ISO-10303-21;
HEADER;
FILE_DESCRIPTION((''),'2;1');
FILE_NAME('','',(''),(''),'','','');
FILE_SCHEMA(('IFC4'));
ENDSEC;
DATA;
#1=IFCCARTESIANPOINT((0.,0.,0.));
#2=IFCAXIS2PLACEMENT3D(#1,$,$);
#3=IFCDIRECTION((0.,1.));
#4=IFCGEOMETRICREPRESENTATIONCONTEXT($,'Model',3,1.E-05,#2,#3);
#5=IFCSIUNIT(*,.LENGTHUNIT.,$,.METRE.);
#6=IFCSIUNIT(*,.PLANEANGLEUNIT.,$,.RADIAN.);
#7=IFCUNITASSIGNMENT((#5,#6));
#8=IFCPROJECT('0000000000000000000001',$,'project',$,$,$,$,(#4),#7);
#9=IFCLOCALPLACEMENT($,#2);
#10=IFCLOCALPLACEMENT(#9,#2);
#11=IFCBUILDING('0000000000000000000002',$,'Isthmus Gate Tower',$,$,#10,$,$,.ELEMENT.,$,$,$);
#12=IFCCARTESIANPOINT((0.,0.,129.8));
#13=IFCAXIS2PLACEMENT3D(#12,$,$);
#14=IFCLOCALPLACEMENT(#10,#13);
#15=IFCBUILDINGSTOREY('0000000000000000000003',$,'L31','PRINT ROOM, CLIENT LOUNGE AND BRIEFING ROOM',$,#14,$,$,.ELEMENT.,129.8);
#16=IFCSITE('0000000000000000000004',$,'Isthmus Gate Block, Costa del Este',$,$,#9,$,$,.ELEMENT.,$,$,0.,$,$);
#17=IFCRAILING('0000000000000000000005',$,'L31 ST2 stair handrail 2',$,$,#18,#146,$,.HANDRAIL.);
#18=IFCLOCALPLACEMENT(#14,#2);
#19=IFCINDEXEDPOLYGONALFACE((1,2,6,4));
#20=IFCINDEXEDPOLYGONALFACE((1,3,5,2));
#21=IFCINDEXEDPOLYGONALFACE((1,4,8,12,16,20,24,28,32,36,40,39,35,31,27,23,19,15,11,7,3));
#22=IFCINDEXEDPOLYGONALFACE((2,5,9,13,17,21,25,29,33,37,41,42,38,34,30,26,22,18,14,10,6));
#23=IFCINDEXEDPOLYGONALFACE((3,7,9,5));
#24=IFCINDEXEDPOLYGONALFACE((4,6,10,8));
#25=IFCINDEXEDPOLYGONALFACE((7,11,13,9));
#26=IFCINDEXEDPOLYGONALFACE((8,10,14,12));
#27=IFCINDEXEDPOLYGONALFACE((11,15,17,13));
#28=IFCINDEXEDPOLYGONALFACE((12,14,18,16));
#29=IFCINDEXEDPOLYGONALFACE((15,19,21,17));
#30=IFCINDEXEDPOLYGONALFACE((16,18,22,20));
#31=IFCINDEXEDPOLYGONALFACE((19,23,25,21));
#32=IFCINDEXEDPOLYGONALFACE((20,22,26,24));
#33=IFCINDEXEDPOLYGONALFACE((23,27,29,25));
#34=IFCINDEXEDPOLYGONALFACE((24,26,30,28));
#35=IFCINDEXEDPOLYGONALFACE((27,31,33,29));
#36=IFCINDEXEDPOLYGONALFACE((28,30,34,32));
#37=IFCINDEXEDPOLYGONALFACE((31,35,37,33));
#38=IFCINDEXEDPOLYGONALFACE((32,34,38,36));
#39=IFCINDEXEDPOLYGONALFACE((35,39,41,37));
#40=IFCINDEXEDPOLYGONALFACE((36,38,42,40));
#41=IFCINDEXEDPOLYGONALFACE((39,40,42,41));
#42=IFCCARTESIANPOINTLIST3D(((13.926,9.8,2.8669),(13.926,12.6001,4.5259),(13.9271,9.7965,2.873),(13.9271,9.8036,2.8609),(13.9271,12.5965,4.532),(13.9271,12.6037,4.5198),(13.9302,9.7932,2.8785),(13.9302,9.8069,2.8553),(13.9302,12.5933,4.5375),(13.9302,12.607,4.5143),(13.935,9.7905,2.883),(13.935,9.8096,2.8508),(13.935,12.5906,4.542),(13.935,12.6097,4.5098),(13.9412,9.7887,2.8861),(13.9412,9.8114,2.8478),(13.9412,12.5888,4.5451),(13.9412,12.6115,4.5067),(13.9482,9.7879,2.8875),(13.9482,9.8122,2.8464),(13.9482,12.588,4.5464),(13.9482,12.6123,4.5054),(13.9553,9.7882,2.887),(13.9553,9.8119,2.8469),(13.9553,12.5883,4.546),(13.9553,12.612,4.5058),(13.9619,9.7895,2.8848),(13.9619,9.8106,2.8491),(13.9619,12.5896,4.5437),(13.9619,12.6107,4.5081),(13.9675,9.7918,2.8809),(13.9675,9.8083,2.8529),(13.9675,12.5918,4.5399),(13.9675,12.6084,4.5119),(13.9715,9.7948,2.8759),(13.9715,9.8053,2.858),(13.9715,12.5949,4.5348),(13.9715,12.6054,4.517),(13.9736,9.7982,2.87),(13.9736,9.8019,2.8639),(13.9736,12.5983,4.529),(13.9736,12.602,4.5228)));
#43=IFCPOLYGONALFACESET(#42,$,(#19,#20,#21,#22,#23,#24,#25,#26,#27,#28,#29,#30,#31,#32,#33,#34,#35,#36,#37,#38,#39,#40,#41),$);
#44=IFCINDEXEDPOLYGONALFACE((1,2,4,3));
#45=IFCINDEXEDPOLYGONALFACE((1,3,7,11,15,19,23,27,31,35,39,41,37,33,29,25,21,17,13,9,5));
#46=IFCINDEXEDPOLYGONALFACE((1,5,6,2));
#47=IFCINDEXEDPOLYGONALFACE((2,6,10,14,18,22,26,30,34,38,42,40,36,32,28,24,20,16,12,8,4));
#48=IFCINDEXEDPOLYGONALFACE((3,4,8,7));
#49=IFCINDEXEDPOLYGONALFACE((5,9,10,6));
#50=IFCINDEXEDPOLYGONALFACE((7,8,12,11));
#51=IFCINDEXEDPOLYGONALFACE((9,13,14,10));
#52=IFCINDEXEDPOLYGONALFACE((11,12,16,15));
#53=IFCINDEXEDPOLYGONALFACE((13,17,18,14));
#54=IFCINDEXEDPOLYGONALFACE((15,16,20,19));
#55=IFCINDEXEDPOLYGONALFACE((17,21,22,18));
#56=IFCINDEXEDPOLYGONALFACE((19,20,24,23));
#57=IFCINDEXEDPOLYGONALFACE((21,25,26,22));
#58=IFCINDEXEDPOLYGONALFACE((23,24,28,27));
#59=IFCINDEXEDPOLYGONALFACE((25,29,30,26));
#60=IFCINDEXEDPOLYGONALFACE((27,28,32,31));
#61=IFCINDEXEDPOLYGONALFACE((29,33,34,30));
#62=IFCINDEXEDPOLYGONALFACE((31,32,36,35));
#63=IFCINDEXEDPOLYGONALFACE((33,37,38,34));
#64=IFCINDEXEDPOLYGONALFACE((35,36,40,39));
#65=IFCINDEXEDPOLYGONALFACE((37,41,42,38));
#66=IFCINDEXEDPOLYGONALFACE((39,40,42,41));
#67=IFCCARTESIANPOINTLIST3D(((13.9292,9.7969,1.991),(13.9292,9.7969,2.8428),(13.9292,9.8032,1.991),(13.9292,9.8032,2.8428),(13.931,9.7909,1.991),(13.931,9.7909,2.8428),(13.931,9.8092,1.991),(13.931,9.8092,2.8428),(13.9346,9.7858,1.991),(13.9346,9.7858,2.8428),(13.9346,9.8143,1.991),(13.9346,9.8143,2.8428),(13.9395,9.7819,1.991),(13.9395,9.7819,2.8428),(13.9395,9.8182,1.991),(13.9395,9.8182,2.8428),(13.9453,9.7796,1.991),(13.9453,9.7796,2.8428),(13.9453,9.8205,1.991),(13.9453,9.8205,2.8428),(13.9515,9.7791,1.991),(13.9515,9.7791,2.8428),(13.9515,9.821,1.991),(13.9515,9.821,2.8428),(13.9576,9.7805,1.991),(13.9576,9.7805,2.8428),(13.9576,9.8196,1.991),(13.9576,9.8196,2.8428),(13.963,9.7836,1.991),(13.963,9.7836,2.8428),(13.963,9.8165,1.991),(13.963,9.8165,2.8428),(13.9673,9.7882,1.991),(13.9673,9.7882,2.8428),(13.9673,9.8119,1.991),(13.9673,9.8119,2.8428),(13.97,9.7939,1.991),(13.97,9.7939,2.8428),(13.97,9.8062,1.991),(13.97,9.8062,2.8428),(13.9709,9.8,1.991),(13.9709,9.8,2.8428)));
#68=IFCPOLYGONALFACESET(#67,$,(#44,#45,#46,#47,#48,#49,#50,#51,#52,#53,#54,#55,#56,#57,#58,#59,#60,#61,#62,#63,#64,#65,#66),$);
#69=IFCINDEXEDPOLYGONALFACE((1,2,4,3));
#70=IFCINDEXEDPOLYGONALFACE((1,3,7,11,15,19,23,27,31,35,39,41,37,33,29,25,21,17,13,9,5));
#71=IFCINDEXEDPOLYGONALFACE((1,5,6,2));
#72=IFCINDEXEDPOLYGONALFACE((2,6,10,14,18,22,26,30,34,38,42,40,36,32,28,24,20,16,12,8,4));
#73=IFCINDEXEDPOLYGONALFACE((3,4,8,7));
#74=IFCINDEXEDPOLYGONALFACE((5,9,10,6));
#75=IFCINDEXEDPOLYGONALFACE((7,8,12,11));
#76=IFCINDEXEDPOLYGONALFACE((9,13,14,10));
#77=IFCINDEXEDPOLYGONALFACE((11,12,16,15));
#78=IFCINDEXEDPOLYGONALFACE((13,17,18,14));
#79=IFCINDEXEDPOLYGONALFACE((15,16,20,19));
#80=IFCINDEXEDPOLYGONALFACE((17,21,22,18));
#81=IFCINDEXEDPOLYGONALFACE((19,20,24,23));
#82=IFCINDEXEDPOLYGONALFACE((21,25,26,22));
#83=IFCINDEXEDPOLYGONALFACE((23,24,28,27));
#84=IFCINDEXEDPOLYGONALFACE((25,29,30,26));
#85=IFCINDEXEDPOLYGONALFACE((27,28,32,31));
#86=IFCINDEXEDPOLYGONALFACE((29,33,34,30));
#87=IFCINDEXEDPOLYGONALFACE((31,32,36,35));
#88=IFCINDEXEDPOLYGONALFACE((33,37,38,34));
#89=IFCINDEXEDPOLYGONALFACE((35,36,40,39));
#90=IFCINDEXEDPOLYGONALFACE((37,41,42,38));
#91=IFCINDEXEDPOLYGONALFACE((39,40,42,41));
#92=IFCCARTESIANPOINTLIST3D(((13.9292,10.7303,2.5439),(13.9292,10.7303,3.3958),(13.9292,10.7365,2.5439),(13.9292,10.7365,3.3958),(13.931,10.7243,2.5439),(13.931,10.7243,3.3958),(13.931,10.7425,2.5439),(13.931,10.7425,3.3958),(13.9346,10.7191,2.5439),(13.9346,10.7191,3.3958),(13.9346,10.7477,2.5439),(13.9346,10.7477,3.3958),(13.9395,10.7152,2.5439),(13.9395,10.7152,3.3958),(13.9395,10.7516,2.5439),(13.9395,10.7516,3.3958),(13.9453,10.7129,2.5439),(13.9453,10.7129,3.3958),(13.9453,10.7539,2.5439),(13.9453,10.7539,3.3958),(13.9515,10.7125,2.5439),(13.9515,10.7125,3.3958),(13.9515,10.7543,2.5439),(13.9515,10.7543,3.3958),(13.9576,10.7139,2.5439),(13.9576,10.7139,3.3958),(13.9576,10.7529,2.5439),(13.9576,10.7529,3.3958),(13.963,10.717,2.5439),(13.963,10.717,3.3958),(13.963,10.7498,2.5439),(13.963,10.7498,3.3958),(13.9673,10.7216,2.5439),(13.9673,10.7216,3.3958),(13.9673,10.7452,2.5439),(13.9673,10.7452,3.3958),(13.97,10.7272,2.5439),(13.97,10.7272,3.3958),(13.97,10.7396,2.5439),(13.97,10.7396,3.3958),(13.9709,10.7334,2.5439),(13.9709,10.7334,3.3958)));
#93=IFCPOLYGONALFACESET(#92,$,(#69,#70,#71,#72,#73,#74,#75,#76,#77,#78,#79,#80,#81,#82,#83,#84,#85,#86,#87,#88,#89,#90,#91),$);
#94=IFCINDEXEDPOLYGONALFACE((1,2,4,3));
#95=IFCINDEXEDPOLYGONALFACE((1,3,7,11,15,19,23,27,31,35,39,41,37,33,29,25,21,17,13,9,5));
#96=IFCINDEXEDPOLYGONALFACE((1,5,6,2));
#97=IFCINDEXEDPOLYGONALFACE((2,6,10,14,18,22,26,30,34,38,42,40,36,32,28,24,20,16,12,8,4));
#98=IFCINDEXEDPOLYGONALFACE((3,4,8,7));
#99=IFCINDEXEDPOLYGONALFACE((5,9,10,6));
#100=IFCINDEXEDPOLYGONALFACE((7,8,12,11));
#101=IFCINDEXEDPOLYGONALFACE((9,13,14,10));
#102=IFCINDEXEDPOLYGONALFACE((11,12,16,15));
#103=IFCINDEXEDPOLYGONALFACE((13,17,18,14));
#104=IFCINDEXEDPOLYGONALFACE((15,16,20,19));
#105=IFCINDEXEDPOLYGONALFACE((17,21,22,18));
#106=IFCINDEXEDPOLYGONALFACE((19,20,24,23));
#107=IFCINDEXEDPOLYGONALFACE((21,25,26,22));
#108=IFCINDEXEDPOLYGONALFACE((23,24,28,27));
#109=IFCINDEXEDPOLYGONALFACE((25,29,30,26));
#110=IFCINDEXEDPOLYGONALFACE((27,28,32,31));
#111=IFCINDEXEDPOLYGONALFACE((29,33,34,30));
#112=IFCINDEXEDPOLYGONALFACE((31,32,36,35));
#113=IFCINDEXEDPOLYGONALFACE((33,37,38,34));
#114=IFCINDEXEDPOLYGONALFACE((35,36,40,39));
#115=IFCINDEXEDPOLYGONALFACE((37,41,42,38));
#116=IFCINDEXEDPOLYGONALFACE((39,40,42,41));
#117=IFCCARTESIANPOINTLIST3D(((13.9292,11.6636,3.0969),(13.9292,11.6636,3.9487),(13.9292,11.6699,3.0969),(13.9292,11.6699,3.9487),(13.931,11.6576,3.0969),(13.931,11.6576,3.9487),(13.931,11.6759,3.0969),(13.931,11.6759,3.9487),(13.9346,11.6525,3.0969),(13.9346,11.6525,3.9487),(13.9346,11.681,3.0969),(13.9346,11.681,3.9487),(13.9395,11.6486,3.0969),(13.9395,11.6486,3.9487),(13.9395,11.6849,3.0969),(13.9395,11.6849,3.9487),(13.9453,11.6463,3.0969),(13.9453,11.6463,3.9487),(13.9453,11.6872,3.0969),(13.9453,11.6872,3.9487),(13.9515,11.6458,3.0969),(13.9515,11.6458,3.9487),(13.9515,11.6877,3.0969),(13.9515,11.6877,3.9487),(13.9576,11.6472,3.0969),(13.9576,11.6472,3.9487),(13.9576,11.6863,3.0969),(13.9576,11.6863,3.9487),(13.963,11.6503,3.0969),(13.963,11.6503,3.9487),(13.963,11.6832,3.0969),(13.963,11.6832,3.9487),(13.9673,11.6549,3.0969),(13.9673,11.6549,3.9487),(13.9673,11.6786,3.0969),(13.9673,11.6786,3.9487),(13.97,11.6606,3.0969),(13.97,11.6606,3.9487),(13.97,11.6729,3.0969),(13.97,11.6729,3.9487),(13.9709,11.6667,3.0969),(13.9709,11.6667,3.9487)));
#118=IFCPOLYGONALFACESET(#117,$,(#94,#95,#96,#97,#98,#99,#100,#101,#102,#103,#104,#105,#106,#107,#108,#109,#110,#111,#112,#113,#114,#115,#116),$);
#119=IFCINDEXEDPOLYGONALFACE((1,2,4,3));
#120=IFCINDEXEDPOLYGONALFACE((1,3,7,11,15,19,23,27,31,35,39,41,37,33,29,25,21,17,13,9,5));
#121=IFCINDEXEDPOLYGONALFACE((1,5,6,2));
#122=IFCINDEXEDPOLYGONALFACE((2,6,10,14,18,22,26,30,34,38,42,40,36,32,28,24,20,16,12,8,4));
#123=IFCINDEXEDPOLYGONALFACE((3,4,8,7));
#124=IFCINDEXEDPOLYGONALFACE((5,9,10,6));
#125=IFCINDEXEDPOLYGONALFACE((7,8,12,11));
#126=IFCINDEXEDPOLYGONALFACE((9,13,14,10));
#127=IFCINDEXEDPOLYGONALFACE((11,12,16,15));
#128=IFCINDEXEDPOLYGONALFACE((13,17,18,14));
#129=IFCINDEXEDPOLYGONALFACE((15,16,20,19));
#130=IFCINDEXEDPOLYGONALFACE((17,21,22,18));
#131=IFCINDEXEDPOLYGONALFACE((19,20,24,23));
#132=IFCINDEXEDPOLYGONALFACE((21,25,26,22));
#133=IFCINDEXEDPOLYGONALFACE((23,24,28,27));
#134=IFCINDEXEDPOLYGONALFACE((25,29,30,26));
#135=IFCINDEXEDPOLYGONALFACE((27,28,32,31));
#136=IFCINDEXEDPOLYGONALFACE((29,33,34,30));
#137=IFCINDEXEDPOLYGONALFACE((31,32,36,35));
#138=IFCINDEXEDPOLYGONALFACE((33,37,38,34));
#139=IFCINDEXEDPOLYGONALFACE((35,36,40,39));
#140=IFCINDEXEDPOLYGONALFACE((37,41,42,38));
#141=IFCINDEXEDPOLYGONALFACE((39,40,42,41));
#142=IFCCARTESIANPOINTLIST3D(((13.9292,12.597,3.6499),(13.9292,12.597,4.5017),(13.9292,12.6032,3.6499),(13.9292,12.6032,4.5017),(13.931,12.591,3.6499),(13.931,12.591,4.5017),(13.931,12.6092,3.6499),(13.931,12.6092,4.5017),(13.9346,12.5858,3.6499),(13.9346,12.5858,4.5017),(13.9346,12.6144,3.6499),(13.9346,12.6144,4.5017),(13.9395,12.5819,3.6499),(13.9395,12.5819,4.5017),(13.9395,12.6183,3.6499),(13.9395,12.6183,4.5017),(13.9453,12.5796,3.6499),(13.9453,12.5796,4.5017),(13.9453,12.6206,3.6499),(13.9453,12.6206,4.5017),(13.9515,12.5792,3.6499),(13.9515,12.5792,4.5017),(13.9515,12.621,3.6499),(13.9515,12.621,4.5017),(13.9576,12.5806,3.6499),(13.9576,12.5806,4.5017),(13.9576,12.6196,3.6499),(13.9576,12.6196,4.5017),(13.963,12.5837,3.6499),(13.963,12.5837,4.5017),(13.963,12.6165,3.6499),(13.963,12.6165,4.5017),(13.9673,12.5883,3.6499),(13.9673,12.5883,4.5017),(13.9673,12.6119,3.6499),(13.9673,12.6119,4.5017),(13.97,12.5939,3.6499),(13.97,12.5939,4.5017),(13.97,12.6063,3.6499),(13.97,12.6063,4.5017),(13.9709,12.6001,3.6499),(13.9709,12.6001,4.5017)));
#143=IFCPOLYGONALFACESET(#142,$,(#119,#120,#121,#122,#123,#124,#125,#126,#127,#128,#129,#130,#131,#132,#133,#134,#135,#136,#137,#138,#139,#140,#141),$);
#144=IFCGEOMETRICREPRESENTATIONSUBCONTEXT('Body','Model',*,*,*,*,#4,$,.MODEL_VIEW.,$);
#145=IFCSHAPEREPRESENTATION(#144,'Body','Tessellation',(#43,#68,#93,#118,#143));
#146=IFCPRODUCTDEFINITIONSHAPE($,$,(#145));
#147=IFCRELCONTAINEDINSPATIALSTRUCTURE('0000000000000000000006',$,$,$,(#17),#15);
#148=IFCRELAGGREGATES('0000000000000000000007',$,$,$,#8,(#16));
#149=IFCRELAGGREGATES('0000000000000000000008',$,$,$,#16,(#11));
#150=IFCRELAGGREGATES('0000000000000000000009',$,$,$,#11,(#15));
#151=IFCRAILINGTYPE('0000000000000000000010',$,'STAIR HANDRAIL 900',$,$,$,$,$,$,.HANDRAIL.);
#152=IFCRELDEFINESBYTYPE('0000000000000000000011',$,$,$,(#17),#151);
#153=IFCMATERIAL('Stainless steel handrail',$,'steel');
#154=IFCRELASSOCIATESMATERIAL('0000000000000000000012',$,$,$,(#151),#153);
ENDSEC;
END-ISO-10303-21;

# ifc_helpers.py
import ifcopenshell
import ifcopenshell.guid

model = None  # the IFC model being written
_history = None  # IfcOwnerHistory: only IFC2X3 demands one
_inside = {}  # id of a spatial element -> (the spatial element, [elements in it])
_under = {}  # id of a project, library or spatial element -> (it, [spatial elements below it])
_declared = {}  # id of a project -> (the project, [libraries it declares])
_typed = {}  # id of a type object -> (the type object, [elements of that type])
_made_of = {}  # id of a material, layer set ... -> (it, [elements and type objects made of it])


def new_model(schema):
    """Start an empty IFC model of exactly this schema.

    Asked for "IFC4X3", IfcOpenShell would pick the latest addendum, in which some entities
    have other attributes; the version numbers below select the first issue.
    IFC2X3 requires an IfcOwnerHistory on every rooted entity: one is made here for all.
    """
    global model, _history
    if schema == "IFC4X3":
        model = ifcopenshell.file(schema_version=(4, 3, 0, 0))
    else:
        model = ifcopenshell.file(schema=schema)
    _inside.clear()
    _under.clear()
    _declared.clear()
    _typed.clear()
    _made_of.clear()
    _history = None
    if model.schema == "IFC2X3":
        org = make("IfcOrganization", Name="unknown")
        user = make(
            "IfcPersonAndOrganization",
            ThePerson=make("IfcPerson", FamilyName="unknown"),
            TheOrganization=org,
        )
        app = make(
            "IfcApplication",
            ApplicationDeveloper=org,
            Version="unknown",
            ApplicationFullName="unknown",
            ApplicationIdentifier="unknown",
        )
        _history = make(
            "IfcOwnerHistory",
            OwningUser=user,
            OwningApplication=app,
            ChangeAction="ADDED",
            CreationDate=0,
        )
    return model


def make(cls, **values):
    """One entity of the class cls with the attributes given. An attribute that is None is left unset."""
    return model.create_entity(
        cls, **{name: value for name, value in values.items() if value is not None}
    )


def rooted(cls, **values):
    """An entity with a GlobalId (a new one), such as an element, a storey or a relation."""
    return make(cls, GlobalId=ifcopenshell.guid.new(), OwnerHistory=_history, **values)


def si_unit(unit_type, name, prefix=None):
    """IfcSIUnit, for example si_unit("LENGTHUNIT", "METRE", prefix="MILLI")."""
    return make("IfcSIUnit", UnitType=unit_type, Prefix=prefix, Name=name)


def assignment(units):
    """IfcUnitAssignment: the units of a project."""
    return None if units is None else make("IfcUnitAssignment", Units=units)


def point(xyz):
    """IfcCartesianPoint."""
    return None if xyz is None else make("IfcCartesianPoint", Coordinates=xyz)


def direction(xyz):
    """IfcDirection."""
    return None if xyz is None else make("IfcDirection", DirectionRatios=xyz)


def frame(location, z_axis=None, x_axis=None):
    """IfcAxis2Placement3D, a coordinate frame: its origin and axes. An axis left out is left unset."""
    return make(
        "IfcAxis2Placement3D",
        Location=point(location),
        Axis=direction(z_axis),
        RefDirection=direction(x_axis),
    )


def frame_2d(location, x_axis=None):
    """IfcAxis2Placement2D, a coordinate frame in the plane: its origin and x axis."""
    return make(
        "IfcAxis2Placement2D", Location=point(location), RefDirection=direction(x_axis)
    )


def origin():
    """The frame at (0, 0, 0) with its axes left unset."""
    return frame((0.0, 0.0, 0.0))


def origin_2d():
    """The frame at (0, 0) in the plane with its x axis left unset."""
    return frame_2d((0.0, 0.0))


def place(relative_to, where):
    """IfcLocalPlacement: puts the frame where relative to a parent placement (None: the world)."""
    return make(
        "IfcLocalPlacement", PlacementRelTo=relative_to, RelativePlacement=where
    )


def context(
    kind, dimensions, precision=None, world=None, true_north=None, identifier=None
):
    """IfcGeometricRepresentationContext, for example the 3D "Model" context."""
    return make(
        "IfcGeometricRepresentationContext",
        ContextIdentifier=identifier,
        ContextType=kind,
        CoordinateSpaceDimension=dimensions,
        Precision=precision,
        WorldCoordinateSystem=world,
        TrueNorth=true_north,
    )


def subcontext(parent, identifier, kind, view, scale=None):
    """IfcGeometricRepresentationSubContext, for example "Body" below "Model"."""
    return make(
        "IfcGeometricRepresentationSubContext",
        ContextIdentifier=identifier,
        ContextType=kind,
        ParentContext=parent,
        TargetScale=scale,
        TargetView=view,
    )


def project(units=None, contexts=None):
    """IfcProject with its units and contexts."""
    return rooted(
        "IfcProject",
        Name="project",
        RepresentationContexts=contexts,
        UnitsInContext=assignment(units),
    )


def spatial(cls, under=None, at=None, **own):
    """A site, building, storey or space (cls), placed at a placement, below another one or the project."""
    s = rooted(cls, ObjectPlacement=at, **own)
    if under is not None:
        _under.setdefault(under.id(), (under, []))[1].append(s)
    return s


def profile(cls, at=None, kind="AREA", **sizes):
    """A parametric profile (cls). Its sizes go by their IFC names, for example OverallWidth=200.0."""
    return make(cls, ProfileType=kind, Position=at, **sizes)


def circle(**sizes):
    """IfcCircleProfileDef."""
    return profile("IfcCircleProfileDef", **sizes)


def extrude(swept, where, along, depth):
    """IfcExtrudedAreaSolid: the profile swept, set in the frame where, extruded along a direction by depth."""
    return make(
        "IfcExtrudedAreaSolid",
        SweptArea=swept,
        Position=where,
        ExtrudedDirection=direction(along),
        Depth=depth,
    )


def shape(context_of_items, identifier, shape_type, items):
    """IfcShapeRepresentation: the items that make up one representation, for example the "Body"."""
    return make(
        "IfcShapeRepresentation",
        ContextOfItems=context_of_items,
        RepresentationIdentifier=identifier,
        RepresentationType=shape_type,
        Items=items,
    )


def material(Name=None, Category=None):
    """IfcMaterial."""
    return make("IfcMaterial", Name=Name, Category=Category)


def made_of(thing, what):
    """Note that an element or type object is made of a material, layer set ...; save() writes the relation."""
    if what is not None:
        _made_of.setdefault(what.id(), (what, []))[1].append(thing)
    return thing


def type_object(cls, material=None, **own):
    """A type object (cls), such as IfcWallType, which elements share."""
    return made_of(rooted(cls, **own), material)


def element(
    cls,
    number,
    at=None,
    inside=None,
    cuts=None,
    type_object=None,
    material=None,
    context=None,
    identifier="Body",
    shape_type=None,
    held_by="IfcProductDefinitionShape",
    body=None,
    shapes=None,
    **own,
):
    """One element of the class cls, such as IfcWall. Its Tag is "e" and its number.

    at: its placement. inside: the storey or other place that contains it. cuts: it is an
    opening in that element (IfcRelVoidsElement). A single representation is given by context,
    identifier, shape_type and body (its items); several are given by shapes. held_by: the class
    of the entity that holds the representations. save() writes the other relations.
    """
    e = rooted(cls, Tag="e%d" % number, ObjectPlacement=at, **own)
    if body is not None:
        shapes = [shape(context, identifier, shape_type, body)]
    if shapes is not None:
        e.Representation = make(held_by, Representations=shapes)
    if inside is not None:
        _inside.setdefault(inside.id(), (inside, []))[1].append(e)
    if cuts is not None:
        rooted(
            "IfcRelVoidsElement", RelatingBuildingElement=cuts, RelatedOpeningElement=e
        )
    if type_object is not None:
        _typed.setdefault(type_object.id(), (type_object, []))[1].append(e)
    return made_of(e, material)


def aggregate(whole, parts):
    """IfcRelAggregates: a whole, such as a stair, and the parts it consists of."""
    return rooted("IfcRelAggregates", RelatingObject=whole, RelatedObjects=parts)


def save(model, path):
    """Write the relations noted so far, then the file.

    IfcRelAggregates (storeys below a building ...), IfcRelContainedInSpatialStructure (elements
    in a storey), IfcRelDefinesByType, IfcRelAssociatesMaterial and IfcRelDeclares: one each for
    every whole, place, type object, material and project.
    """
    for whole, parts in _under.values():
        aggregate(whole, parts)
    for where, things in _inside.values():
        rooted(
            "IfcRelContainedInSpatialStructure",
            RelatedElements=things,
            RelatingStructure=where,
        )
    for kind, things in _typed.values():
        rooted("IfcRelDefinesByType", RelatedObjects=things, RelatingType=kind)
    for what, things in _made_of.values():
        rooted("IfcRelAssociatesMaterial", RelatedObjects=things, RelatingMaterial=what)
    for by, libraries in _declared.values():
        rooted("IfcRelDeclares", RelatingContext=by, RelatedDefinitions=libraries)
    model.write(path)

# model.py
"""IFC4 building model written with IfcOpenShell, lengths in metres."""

from ifc_helpers import new_model, si_unit, direction, frame, origin, origin_2d, place, context, subcontext, project, spatial, circle, extrude, material, type_object, element, save


model = new_model("IFC4")

# Units and contexts
model_context = context("Model", 3, precision=1e-05, world=origin(), true_north=direction((0.0, 1.0)))
body_context = subcontext(model_context, "Body", "Model", "MODEL_VIEW")
ifc_project = project(units=[si_unit("LENGTHUNIT", "METRE"), si_unit("PLANEANGLEUNIT", "RADIAN")], contexts=[model_context])

# Site, building, storey
site_placement = place(None, origin())
site = spatial("IfcSite", under=ifc_project, at=site_placement, Name="Isthmus Gate Block, Costa del Este", CompositionType="ELEMENT", RefElevation=0.0)
building_placement = place(site_placement, origin())
building = spatial("IfcBuilding", under=site, at=building_placement, Name="Isthmus Gate Tower", CompositionType="ELEMENT")
storey_placement = place(building_placement, frame((0.0, 0.0, 129.8)))
storey = spatial("IfcBuildingStorey", under=building, at=storey_placement, Name="L31", Description="PRINT ROOM, CLIENT LOUNGE AND BRIEFING ROOM", CompositionType="ELEMENT", Elevation=129.8)

# Railing
ifc_material_1 = material(Name="Stainless steel handrail", Category="steel")
railing_type_1 = type_object("IfcRailingType", Name="STAIR HANDRAIL 900", PredefinedType="HANDRAIL", material=ifc_material_1)
railing_1_placement = place(storey_placement, frame((13.95, 9.8, 1.991)))
element("IfcRailing", 1, at=railing_1_placement, inside=storey, type_object=railing_type_1, Name="L31 ST2 stair handrail 2", PredefinedType="HANDRAIL", context=body_context, shape_type="SweptSolid", body=[
    extrude(circle(Radius=0.0239, at=origin_2d()), frame((0.0, 0.0, 0.876), z_axis=(0.0, 0.860339, 0.509722), x_axis=(-1.0, 0.0, 0.0)), (0.0, 0.0, 1.0), 3.2546),
    extrude(circle(Radius=0.021, at=origin_2d()), origin(), (0.0, 0.0, 1.0), 0.8518),
    extrude(circle(Radius=0.021, at=origin_2d()), frame((0.0, 0.9333, 0.553)), (0.0, 0.0, 1.0), 0.8518),
    extrude(circle(Radius=0.021, at=origin_2d()), frame((0.0, 1.8667, 1.106)), (0.0, 0.0, 1.0), 0.8518),
    extrude(circle(Radius=0.021, at=origin_2d()), frame((0.0, 2.8, 1.6589)), (0.0, 0.0, 1.0), 0.8518),
])

save(model, "model.ifc")
